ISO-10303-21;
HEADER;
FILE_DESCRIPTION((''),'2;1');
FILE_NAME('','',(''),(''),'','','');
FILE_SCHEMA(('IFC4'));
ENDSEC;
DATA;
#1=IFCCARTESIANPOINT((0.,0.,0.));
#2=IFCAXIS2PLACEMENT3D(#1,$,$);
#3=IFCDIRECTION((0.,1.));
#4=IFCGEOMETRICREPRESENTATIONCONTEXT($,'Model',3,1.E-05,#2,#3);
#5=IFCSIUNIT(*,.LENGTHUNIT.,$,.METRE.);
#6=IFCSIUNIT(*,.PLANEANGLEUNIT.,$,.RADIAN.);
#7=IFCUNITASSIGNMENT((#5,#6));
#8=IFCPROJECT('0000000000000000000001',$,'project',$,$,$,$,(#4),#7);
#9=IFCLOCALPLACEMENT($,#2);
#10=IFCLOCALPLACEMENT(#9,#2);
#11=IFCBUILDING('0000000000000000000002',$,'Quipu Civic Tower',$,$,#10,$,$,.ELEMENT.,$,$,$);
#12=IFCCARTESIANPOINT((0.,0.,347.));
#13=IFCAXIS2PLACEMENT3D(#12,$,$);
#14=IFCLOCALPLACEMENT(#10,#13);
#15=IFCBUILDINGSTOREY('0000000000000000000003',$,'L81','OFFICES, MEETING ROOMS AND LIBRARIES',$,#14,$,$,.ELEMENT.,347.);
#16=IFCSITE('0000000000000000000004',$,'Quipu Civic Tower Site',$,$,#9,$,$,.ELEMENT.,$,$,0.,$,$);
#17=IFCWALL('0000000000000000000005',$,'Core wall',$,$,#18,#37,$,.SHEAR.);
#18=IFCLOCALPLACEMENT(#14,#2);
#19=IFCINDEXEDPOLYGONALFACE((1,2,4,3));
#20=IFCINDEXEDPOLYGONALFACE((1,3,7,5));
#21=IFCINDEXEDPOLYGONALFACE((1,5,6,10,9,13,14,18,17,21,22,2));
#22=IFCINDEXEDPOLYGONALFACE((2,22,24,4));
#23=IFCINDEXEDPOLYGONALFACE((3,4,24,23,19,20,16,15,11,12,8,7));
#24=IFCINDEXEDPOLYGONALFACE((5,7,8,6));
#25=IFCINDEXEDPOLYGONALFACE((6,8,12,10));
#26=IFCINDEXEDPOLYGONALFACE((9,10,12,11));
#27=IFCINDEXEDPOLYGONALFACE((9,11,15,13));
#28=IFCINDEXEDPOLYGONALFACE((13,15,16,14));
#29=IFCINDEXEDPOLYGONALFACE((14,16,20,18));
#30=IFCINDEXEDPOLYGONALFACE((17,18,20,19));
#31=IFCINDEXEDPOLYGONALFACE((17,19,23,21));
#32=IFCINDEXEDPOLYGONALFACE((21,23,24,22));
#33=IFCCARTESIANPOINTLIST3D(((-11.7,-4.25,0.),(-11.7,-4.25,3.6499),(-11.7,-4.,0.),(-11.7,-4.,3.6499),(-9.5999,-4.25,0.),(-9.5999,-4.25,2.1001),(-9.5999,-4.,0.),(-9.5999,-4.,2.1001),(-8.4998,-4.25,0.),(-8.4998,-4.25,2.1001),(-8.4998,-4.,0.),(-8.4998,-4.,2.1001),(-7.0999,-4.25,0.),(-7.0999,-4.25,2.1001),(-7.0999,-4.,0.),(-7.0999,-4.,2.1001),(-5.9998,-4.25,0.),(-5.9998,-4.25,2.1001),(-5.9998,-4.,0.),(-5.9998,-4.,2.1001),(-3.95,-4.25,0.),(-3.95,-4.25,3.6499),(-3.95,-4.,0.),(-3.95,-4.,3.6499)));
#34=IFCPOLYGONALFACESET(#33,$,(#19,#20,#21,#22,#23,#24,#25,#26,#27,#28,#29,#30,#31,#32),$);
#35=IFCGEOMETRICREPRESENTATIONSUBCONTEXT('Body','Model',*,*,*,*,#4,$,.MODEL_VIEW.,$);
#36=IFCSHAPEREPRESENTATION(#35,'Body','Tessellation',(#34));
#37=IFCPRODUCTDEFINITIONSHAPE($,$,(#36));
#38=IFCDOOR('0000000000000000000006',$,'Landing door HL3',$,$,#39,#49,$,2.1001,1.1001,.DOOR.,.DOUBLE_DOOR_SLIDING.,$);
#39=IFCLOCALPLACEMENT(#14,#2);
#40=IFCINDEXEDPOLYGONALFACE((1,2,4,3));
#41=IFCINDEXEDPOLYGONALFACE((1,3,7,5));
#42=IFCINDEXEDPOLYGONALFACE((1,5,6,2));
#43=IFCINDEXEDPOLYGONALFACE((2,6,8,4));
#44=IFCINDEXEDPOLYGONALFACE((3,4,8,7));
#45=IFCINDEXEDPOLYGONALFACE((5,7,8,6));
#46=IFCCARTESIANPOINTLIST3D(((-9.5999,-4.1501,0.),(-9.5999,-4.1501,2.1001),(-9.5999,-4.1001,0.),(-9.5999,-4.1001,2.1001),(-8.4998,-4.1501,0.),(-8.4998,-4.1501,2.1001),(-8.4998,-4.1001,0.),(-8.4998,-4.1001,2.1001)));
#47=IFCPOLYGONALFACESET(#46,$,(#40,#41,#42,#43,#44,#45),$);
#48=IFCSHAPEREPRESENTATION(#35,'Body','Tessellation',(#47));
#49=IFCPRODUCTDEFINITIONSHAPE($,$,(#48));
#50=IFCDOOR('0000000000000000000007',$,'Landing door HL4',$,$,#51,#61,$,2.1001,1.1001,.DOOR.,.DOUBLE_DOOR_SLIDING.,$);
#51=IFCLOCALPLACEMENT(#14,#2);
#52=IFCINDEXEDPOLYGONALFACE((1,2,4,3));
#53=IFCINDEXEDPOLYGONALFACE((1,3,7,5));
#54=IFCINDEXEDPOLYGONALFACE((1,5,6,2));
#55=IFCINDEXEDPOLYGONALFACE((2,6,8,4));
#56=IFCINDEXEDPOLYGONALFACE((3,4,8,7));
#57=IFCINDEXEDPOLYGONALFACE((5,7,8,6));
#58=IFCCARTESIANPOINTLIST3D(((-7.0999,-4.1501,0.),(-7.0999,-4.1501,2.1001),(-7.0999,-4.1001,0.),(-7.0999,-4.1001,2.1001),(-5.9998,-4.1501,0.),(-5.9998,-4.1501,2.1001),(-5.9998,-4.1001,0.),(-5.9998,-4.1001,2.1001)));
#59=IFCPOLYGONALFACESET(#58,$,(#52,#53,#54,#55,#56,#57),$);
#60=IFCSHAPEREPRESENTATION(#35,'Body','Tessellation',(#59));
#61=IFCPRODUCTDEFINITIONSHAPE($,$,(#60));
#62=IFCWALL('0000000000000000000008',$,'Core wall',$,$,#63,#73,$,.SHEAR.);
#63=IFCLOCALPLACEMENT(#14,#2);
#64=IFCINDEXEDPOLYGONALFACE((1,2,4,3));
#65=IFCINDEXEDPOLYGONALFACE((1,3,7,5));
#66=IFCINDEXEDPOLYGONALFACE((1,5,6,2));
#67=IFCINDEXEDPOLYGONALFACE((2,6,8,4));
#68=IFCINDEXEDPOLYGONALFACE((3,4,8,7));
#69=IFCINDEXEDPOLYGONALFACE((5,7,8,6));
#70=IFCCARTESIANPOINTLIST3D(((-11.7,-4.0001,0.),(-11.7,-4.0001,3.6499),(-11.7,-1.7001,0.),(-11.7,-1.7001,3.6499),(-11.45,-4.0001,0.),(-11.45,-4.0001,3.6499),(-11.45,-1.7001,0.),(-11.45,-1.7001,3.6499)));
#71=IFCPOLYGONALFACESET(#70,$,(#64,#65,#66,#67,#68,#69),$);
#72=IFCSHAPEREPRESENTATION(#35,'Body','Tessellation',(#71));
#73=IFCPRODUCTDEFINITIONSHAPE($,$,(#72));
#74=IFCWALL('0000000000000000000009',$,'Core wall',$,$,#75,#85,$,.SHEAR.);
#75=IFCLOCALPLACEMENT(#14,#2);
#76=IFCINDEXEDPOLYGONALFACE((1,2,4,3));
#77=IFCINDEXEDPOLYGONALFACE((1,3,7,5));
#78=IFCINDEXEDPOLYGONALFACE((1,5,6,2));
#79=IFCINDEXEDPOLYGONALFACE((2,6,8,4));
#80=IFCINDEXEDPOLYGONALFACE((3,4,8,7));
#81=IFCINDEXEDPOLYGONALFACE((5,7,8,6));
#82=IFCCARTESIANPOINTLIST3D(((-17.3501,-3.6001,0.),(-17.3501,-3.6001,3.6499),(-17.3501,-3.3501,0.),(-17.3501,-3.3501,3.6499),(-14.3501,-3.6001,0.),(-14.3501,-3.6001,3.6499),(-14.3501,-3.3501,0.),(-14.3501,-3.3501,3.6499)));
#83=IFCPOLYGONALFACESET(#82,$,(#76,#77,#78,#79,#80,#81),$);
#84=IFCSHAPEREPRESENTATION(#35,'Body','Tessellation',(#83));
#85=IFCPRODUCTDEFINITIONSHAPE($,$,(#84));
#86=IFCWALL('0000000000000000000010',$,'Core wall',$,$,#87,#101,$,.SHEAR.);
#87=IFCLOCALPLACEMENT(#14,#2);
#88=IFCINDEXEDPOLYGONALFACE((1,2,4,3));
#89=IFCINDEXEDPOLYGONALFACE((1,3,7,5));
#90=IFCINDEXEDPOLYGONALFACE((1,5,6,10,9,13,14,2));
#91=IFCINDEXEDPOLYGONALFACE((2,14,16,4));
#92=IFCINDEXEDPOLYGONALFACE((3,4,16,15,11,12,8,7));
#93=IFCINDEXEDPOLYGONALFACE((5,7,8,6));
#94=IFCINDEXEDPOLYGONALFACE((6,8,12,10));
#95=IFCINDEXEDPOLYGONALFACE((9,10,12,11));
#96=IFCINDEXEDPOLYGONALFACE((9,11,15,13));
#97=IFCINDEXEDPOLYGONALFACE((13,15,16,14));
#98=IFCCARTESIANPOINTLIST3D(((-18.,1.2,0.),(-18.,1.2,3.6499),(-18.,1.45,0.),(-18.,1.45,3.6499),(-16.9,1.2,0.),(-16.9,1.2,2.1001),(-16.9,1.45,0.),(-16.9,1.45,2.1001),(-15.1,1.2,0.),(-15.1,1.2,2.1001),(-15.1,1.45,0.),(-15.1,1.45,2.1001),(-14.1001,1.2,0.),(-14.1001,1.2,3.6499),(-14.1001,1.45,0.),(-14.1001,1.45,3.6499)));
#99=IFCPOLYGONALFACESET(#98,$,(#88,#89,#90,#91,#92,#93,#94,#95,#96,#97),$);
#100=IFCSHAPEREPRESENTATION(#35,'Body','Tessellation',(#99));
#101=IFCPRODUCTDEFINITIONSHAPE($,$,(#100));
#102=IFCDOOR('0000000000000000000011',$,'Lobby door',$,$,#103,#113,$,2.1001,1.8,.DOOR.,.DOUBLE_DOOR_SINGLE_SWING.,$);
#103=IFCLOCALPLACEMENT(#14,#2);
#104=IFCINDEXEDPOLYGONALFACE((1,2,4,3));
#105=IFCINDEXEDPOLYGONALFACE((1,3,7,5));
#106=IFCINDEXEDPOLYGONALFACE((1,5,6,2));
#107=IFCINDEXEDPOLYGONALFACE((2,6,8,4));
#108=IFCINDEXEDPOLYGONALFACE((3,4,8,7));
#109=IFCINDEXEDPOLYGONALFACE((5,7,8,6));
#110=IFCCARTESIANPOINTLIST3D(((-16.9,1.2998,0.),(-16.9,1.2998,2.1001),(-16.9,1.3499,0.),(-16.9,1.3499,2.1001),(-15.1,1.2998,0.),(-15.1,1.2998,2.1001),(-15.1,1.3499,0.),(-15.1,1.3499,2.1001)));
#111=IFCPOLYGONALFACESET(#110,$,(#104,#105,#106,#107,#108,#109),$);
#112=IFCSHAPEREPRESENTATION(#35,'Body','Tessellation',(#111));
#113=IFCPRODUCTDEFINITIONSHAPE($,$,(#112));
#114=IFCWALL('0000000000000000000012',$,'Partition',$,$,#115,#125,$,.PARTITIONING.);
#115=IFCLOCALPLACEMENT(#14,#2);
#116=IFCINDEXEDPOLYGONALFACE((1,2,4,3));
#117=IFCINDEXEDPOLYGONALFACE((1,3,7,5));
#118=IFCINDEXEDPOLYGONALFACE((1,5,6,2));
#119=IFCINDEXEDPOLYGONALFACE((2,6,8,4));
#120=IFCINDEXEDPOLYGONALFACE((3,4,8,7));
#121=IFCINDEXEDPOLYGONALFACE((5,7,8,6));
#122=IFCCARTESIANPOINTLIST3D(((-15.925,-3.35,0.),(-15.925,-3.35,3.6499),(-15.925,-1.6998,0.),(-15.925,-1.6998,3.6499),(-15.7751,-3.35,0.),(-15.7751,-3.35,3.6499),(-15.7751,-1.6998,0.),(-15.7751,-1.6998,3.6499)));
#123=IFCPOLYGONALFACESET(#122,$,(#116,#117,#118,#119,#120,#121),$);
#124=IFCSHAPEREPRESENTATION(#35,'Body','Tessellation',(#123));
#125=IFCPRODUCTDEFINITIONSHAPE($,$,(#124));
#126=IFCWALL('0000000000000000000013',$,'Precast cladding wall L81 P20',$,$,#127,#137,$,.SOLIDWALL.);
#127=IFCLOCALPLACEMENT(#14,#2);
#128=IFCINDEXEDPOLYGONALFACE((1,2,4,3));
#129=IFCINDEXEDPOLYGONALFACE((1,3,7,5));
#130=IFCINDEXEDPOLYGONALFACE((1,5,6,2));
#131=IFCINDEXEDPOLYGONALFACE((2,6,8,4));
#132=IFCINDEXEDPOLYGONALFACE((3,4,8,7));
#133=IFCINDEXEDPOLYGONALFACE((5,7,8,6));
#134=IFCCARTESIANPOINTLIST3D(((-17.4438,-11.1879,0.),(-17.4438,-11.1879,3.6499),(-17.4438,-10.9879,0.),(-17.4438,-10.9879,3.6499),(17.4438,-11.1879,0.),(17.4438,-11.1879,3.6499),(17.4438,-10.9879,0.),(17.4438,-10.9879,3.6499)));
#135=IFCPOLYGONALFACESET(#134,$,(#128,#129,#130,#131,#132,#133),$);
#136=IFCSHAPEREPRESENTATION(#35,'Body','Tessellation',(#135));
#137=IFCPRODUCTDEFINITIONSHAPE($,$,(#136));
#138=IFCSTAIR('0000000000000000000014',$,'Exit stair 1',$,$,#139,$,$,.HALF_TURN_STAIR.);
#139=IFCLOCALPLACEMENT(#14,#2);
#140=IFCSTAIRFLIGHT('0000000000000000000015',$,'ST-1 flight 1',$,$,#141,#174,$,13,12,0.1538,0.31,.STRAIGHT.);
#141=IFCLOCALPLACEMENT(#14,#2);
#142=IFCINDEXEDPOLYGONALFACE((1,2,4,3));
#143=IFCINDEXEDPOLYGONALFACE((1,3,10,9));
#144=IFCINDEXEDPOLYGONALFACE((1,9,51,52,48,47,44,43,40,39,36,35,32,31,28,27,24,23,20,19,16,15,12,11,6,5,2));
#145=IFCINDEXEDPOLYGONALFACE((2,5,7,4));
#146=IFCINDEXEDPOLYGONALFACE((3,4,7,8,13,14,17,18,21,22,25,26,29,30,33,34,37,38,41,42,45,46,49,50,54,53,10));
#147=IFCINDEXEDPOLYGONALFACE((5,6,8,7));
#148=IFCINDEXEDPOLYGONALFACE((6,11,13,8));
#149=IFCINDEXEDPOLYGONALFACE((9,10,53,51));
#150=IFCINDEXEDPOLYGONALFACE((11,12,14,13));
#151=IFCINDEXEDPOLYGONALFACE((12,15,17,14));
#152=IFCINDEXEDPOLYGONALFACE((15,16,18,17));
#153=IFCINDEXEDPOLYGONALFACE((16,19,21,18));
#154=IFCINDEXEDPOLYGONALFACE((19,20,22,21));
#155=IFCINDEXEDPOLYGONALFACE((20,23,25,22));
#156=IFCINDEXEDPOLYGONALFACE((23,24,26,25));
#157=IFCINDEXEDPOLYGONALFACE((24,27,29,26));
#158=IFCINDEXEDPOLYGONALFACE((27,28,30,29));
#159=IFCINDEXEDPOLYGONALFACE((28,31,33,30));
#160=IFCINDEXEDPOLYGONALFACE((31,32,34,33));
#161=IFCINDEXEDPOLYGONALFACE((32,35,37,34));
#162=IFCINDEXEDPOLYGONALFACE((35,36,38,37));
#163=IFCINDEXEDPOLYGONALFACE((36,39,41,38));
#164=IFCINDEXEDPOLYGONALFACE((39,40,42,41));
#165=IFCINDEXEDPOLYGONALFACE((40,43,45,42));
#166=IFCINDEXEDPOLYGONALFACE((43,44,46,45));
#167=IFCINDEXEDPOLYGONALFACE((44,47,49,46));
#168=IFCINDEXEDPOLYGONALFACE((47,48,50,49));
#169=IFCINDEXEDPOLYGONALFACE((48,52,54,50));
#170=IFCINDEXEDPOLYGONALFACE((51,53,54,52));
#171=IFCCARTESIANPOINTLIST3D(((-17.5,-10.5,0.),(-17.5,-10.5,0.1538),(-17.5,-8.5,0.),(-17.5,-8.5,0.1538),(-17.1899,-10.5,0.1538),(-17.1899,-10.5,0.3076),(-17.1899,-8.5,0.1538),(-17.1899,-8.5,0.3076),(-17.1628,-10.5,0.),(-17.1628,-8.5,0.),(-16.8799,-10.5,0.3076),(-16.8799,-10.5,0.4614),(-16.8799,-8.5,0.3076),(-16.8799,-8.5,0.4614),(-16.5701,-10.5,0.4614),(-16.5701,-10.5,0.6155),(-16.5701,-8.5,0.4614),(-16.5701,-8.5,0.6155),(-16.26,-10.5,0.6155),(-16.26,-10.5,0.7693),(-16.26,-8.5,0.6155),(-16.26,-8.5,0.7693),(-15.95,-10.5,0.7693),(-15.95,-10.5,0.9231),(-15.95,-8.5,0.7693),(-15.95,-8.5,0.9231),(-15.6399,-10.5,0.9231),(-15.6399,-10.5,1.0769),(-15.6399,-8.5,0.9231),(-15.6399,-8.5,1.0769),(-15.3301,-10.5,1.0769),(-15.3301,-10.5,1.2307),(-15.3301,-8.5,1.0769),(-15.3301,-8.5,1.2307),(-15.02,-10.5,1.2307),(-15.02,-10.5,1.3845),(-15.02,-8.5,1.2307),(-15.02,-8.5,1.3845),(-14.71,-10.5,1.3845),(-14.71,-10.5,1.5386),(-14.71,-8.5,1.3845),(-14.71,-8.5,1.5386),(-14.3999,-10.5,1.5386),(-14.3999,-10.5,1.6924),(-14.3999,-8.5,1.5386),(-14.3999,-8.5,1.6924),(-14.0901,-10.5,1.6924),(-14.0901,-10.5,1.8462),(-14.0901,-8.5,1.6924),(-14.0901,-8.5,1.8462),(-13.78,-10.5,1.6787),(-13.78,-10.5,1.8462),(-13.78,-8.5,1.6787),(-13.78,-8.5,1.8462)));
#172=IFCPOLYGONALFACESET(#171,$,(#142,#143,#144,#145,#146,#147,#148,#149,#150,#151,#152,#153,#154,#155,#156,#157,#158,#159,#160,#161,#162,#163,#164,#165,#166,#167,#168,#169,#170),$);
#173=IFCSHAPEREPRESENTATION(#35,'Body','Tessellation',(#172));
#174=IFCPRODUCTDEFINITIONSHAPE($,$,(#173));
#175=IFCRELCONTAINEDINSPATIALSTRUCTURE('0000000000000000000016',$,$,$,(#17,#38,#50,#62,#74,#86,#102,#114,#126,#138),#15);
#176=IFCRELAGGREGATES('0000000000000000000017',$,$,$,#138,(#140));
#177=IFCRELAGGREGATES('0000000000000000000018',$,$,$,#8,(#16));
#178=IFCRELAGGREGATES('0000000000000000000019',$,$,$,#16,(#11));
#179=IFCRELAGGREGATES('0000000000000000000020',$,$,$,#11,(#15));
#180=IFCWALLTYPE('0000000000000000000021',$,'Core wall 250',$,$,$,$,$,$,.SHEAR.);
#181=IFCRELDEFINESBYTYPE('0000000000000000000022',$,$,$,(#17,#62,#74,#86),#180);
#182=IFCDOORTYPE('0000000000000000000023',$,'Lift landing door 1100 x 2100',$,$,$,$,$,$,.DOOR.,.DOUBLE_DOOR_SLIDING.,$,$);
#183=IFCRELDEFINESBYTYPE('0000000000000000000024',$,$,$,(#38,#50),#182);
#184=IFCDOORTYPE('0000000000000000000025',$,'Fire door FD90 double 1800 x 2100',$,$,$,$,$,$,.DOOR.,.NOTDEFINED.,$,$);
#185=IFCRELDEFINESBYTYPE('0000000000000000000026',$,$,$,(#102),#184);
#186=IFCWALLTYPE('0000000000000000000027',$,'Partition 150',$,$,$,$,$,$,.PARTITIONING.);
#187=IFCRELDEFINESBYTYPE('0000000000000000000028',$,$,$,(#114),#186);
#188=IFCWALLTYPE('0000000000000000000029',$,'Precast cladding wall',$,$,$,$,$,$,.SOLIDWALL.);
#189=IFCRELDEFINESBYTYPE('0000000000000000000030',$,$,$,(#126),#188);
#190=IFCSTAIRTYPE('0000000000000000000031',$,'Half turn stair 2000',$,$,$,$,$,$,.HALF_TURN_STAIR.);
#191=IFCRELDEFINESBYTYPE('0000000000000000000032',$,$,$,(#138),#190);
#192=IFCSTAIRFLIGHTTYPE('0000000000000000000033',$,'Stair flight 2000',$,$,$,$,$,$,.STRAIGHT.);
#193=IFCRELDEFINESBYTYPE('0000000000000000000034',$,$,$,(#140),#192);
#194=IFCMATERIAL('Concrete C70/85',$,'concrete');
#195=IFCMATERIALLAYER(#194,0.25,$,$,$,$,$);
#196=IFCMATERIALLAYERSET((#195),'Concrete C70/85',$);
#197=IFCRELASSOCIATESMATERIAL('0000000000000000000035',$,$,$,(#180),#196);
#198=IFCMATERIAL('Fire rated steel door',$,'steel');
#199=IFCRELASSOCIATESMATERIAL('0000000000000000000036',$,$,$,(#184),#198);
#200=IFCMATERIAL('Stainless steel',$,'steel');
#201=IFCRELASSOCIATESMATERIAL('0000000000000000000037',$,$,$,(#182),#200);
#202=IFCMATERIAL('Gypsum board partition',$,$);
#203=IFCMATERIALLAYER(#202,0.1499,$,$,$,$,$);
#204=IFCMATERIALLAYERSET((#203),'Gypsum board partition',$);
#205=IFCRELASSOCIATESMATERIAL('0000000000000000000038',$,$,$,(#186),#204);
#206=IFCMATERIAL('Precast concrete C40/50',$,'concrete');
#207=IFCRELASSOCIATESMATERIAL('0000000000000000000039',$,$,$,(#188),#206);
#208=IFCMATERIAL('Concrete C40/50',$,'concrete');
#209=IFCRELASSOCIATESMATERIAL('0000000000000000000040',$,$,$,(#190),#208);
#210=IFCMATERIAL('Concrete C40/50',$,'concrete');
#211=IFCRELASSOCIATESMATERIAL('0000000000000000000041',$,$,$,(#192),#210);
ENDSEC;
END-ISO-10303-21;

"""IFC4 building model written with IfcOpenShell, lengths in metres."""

from ifc_helpers import new_model, si_unit, direction, frame, frame_2d, origin, place, context, subcontext, project, spatial, polyline, rectangle, outline, extrude, material, layer, layer_set, type_object, element, fill, aggregate, save


model = new_model("IFC4")

# Units and contexts
model_context = context("Model", 3, precision=1e-05, world=origin(), true_north=direction((0.0, 1.0)))
body_context = subcontext(model_context, "Body", "Model", "MODEL_VIEW")
ifc_project = project(units=[si_unit("LENGTHUNIT", "METRE"), si_unit("PLANEANGLEUNIT", "RADIAN")], contexts=[model_context])

# Site, building, storey
site_placement = place(None, origin())
site = spatial("IfcSite", under=ifc_project, at=site_placement, Name="Quipu Civic Tower Site", CompositionType="ELEMENT", RefElevation=0.0)
building_placement = place(site_placement, origin())
building = spatial("IfcBuilding", under=site, at=building_placement, Name="Quipu Civic Tower", CompositionType="ELEMENT")
storey_placement = place(building_placement, frame((0.0, 0.0, 347.0)))
storey = spatial("IfcBuildingStorey", under=building, at=storey_placement, Name="L81", Description="OFFICES, MEETING ROOMS AND LIBRARIES", CompositionType="ELEMENT", Elevation=347.0)

# Shared definitions
ifc_material_1 = material(Name="Concrete C70/85", Category="concrete")
ifc_layer_1 = layer(ifc_material_1, 0.25)
ifc_layer_set_1 = layer_set([ifc_layer_1], Name="Concrete C70/85")
wall_type_1 = type_object("IfcWallType", Name="Core wall 250", PredefinedType="SHEAR", material=ifc_layer_set_1)

# Shared definitions
ifc_material_2 = material(Name="Fire rated steel door", Category="steel")
door_type_1 = type_object("IfcDoorType", Name="Fire door FD90 double 1800 x 2100", OperationType="NOTDEFINED", PredefinedType="DOOR", material=ifc_material_2)

# Wall, openings, doors
wall_1_placement = place(storey_placement, frame((-11.7, -4.125, 0.0), z_axis=(0.0, 0.0, 1.0), x_axis=(1.0, 0.0, 0.0)))
wall_1 = element("IfcWall", 1, at=wall_1_placement, inside=storey, type_object=wall_type_1, Name="Core wall", PredefinedType="SHEAR", context=body_context, shape_type="SweptSolid", body=[
    extrude(rectangle(XDim=7.75, YDim=0.25, at=frame_2d((3.875, 0.0))), origin(), (0.0, 0.0, 1.0), 3.6499),
])
opening_1_placement = place(wall_1_placement, frame((2.1001, 0.0, 0.0)))
opening_1 = element("IfcOpeningElement", 2, at=opening_1_placement, cuts=wall_1, PredefinedType="OPENING", context=body_context, shape_type="SweptSolid", body=[
    extrude(rectangle(XDim=1.1001, YDim=2.1001, at=frame_2d((0.55, 1.05))), frame((0.0, 0.135, 0.0), z_axis=(0.0, -1.0, 0.0), x_axis=(1.0, 0.0, 0.0)), (0.0, 0.0, 1.0), 0.27),
])
opening_2_placement = place(wall_1_placement, frame((4.6001, 0.0, 0.0)))
opening_2 = element("IfcOpeningElement", 3, at=opening_2_placement, cuts=wall_1, PredefinedType="OPENING", context=body_context, shape_type="SweptSolid", body=[
    extrude(rectangle(XDim=1.1001, YDim=2.1001, at=frame_2d((0.55, 1.05))), frame((0.0, 0.135, 0.0), z_axis=(0.0, -1.0, 0.0), x_axis=(1.0, 0.0, 0.0)), (0.0, 0.0, 1.0), 0.27),
])
ifc_material_3 = material(Name="Stainless steel", Category="steel")
door_type_2 = type_object("IfcDoorType", Name="Lift landing door 1100 x 2100", OperationType="DOUBLE_DOOR_SLIDING", PredefinedType="DOOR", material=ifc_material_3)
door_1_placement = place(opening_1_placement, origin())
door_1 = element("IfcDoor", 4, at=door_1_placement, inside=storey, type_object=door_type_2, Name="Landing door HL3", OperationType="DOUBLE_DOOR_SLIDING", OverallHeight=2.1001, OverallWidth=1.1001, PredefinedType="DOOR", context=body_context, shape_type="SweptSolid", body=[
    extrude(rectangle(XDim=1.1001, YDim=2.1001, at=frame_2d((0.55, 1.05))), frame((0.0, 0.0249, 0.0), z_axis=(0.0, -1.0, 0.0), x_axis=(1.0, 0.0, 0.0)), (0.0, 0.0, 1.0), 0.05),
])
fill(opening_1, door_1)
door_2_placement = place(opening_2_placement, origin())
door_2 = element("IfcDoor", 5, at=door_2_placement, inside=storey, type_object=door_type_2, Name="Landing door HL4", OperationType="DOUBLE_DOOR_SLIDING", OverallHeight=2.1001, OverallWidth=1.1001, PredefinedType="DOOR", context=body_context, shape_type="SweptSolid", body=[
    extrude(rectangle(XDim=1.1001, YDim=2.1001, at=frame_2d((0.55, 1.05))), frame((0.0, 0.0249, 0.0), z_axis=(0.0, -1.0, 0.0), x_axis=(1.0, 0.0, 0.0)), (0.0, 0.0, 1.0), 0.05),
])
fill(opening_2, door_2)

# Walls
wall_2_placement = place(storey_placement, frame((-11.575, -4.0, 0.0), z_axis=(0.0, 0.0, 1.0), x_axis=(0.0, 1.0, 0.0)))
element("IfcWall", 6, at=wall_2_placement, inside=storey, type_object=wall_type_1, Name="Core wall", PredefinedType="SHEAR", context=body_context, shape_type="SweptSolid", body=[
    extrude(rectangle(XDim=2.3, YDim=0.25, at=frame_2d((1.1499, 0.0))), origin(), (0.0, 0.0, 1.0), 3.6499),
])
wall_3_placement = place(storey_placement, frame((-17.3501, -3.4751, 0.0), z_axis=(0.0, 0.0, 1.0), x_axis=(1.0, 0.0, 0.0)))
element("IfcWall", 7, at=wall_3_placement, inside=storey, type_object=wall_type_1, Name="Core wall", PredefinedType="SHEAR", context=body_context, shape_type="SweptSolid", body=[
    extrude(rectangle(XDim=3.0, YDim=0.25, at=frame_2d((1.5, 0.0))), origin(), (0.0, 0.0, 1.0), 3.6499),
])

# Wall, opening, door
wall_4_placement = place(storey_placement, frame((-18.0, 1.325, 0.0), z_axis=(0.0, 0.0, 1.0), x_axis=(1.0, 0.0, 0.0)))
wall_4 = element("IfcWall", 8, at=wall_4_placement, inside=storey, type_object=wall_type_1, Name="Core wall", PredefinedType="SHEAR", context=body_context, shape_type="SweptSolid", body=[
    extrude(rectangle(XDim=3.8999, YDim=0.25, at=frame_2d((1.95, 0.0))), origin(), (0.0, 0.0, 1.0), 3.6499),
])
opening_3_placement = place(wall_4_placement, frame((1.1001, 0.0, 0.0)))
opening_3 = element("IfcOpeningElement", 9, at=opening_3_placement, cuts=wall_4, PredefinedType="OPENING", context=body_context, shape_type="SweptSolid", body=[
    extrude(rectangle(XDim=1.8, YDim=2.1001, at=frame_2d((0.8999, 1.05))), frame((0.0, 0.135, 0.0), z_axis=(0.0, -1.0, 0.0), x_axis=(1.0, 0.0, 0.0)), (0.0, 0.0, 1.0), 0.27),
])
door_3_placement = place(opening_3_placement, origin())
door_3 = element("IfcDoor", 10, at=door_3_placement, inside=storey, type_object=door_type_1, Name="Lobby door", OperationType="DOUBLE_DOOR_SINGLE_SWING", OverallHeight=2.1001, OverallWidth=1.8, PredefinedType="DOOR", context=body_context, shape_type="SweptSolid", body=[
    extrude(rectangle(XDim=1.8, YDim=2.1001, at=frame_2d((0.8999, 1.05))), frame((0.0, 0.0249, 0.0), z_axis=(0.0, -1.0, 0.0), x_axis=(1.0, 0.0, 0.0)), (0.0, 0.0, 1.0), 0.05),
])
fill(opening_3, door_3)

# Walls
ifc_material_4 = material(Name="Gypsum board partition")
ifc_layer_2 = layer(ifc_material_4, 0.1499)
ifc_layer_set_2 = layer_set([ifc_layer_2], Name="Gypsum board partition")
wall_type_2 = type_object("IfcWallType", Name="Partition 150", PredefinedType="PARTITIONING", material=ifc_layer_set_2)
wall_5_placement = place(storey_placement, frame((-15.8501, -3.3501, 0.0), z_axis=(0.0, 0.0, 1.0), x_axis=(0.0, 1.0, 0.0)))
element("IfcWall", 11, at=wall_5_placement, inside=storey, type_object=wall_type_2, Name="Partition", PredefinedType="PARTITIONING", context=body_context, shape_type="SweptSolid", body=[
    extrude(rectangle(XDim=1.6501, YDim=0.1499, at=frame_2d((0.8252, 0.0))), origin(), (0.0, 0.0, 1.0), 3.6499),
])
ifc_material_5 = material(Name="Precast concrete C40/50", Category="concrete")
wall_type_3 = type_object("IfcWallType", Name="Precast cladding wall", PredefinedType="SOLIDWALL", material=ifc_material_5)
wall_6_placement = place(storey_placement, frame((-17.4438, -11.0879, 0.0), z_axis=(0.0, 0.0, 1.0), x_axis=(1.0, 0.0, 0.0)))
element("IfcWall", 12, at=wall_6_placement, inside=storey, type_object=wall_type_3, Name="Precast cladding wall L81 P20", PredefinedType="SOLIDWALL", context=body_context, shape_type="SweptSolid", body=[
    extrude(rectangle(XDim=34.8877, YDim=0.2, at=frame_2d((17.4438, 0.0))), origin(), (0.0, 0.0, 1.0), 3.6499),
])

# Stair, stair flight
ifc_material_6 = material(Name="Concrete C40/50", Category="concrete")
stair_type = type_object("IfcStairType", Name="Half turn stair 2000", PredefinedType="HALF_TURN_STAIR", material=ifc_material_6)
stair_placement = place(storey_placement, origin())
stair = element("IfcStair", 13, at=stair_placement, inside=storey, type_object=stair_type, Name="Exit stair 1", PredefinedType="HALF_TURN_STAIR")
ifc_material_7 = material(Name="Concrete C40/50", Category="concrete")
stair_flight_type = type_object("IfcStairFlightType", Name="Stair flight 2000", PredefinedType="STRAIGHT", material=ifc_material_7)
stair_flight_1_placement = place(storey_placement, frame((-17.5, -9.5, 0.0), z_axis=(0.0, 0.0, 1.0), x_axis=(1.0, 0.0, 0.0)))
stair_flight_1 = element("IfcStairFlight", 14, at=stair_flight_1_placement, type_object=stair_flight_type, Name="ST-1 flight 1", NumberOfRisers=13, NumberOfTreads=12, PredefinedType="STRAIGHT", RiserHeight=0.1538, TreadLength=0.31, context=body_context, shape_type="SweptSolid", body=[
    extrude(outline(polyline([(0.0, 0.0), (0.0, 0.1538), (0.3101, 0.1538), (0.3101, 0.3076), (0.6201, 0.3076), (0.6201, 0.4614), (0.9299, 0.4614), (0.9299, 0.6155), (1.24, 0.6155), (1.24, 0.7693), (1.55, 0.7693), (1.55, 0.9231), (1.8601, 0.9231), (1.8601, 1.0769), (2.1699, 1.0769), (2.1699, 1.2307), (2.48, 1.2307), (2.48, 1.3845), (2.79, 1.3845), (2.79, 1.5386), (3.1001, 1.5386), (3.1001, 1.6924), (3.4099, 1.6924), (3.4099, 1.8462), (3.72, 1.8462), (3.72, 2.0), (3.72, 1.6787), (0.3372, 0.0), (0.0, 0.0)])), frame((0.0, 1.0, 0.0), z_axis=(0.0, -1.0, 0.0), x_axis=(1.0, 0.0, 0.0)), (0.0, 0.0, 1.0), 2.0),
])
aggregate(stair, [stair_flight_1])

save(model, "model.ifc")
